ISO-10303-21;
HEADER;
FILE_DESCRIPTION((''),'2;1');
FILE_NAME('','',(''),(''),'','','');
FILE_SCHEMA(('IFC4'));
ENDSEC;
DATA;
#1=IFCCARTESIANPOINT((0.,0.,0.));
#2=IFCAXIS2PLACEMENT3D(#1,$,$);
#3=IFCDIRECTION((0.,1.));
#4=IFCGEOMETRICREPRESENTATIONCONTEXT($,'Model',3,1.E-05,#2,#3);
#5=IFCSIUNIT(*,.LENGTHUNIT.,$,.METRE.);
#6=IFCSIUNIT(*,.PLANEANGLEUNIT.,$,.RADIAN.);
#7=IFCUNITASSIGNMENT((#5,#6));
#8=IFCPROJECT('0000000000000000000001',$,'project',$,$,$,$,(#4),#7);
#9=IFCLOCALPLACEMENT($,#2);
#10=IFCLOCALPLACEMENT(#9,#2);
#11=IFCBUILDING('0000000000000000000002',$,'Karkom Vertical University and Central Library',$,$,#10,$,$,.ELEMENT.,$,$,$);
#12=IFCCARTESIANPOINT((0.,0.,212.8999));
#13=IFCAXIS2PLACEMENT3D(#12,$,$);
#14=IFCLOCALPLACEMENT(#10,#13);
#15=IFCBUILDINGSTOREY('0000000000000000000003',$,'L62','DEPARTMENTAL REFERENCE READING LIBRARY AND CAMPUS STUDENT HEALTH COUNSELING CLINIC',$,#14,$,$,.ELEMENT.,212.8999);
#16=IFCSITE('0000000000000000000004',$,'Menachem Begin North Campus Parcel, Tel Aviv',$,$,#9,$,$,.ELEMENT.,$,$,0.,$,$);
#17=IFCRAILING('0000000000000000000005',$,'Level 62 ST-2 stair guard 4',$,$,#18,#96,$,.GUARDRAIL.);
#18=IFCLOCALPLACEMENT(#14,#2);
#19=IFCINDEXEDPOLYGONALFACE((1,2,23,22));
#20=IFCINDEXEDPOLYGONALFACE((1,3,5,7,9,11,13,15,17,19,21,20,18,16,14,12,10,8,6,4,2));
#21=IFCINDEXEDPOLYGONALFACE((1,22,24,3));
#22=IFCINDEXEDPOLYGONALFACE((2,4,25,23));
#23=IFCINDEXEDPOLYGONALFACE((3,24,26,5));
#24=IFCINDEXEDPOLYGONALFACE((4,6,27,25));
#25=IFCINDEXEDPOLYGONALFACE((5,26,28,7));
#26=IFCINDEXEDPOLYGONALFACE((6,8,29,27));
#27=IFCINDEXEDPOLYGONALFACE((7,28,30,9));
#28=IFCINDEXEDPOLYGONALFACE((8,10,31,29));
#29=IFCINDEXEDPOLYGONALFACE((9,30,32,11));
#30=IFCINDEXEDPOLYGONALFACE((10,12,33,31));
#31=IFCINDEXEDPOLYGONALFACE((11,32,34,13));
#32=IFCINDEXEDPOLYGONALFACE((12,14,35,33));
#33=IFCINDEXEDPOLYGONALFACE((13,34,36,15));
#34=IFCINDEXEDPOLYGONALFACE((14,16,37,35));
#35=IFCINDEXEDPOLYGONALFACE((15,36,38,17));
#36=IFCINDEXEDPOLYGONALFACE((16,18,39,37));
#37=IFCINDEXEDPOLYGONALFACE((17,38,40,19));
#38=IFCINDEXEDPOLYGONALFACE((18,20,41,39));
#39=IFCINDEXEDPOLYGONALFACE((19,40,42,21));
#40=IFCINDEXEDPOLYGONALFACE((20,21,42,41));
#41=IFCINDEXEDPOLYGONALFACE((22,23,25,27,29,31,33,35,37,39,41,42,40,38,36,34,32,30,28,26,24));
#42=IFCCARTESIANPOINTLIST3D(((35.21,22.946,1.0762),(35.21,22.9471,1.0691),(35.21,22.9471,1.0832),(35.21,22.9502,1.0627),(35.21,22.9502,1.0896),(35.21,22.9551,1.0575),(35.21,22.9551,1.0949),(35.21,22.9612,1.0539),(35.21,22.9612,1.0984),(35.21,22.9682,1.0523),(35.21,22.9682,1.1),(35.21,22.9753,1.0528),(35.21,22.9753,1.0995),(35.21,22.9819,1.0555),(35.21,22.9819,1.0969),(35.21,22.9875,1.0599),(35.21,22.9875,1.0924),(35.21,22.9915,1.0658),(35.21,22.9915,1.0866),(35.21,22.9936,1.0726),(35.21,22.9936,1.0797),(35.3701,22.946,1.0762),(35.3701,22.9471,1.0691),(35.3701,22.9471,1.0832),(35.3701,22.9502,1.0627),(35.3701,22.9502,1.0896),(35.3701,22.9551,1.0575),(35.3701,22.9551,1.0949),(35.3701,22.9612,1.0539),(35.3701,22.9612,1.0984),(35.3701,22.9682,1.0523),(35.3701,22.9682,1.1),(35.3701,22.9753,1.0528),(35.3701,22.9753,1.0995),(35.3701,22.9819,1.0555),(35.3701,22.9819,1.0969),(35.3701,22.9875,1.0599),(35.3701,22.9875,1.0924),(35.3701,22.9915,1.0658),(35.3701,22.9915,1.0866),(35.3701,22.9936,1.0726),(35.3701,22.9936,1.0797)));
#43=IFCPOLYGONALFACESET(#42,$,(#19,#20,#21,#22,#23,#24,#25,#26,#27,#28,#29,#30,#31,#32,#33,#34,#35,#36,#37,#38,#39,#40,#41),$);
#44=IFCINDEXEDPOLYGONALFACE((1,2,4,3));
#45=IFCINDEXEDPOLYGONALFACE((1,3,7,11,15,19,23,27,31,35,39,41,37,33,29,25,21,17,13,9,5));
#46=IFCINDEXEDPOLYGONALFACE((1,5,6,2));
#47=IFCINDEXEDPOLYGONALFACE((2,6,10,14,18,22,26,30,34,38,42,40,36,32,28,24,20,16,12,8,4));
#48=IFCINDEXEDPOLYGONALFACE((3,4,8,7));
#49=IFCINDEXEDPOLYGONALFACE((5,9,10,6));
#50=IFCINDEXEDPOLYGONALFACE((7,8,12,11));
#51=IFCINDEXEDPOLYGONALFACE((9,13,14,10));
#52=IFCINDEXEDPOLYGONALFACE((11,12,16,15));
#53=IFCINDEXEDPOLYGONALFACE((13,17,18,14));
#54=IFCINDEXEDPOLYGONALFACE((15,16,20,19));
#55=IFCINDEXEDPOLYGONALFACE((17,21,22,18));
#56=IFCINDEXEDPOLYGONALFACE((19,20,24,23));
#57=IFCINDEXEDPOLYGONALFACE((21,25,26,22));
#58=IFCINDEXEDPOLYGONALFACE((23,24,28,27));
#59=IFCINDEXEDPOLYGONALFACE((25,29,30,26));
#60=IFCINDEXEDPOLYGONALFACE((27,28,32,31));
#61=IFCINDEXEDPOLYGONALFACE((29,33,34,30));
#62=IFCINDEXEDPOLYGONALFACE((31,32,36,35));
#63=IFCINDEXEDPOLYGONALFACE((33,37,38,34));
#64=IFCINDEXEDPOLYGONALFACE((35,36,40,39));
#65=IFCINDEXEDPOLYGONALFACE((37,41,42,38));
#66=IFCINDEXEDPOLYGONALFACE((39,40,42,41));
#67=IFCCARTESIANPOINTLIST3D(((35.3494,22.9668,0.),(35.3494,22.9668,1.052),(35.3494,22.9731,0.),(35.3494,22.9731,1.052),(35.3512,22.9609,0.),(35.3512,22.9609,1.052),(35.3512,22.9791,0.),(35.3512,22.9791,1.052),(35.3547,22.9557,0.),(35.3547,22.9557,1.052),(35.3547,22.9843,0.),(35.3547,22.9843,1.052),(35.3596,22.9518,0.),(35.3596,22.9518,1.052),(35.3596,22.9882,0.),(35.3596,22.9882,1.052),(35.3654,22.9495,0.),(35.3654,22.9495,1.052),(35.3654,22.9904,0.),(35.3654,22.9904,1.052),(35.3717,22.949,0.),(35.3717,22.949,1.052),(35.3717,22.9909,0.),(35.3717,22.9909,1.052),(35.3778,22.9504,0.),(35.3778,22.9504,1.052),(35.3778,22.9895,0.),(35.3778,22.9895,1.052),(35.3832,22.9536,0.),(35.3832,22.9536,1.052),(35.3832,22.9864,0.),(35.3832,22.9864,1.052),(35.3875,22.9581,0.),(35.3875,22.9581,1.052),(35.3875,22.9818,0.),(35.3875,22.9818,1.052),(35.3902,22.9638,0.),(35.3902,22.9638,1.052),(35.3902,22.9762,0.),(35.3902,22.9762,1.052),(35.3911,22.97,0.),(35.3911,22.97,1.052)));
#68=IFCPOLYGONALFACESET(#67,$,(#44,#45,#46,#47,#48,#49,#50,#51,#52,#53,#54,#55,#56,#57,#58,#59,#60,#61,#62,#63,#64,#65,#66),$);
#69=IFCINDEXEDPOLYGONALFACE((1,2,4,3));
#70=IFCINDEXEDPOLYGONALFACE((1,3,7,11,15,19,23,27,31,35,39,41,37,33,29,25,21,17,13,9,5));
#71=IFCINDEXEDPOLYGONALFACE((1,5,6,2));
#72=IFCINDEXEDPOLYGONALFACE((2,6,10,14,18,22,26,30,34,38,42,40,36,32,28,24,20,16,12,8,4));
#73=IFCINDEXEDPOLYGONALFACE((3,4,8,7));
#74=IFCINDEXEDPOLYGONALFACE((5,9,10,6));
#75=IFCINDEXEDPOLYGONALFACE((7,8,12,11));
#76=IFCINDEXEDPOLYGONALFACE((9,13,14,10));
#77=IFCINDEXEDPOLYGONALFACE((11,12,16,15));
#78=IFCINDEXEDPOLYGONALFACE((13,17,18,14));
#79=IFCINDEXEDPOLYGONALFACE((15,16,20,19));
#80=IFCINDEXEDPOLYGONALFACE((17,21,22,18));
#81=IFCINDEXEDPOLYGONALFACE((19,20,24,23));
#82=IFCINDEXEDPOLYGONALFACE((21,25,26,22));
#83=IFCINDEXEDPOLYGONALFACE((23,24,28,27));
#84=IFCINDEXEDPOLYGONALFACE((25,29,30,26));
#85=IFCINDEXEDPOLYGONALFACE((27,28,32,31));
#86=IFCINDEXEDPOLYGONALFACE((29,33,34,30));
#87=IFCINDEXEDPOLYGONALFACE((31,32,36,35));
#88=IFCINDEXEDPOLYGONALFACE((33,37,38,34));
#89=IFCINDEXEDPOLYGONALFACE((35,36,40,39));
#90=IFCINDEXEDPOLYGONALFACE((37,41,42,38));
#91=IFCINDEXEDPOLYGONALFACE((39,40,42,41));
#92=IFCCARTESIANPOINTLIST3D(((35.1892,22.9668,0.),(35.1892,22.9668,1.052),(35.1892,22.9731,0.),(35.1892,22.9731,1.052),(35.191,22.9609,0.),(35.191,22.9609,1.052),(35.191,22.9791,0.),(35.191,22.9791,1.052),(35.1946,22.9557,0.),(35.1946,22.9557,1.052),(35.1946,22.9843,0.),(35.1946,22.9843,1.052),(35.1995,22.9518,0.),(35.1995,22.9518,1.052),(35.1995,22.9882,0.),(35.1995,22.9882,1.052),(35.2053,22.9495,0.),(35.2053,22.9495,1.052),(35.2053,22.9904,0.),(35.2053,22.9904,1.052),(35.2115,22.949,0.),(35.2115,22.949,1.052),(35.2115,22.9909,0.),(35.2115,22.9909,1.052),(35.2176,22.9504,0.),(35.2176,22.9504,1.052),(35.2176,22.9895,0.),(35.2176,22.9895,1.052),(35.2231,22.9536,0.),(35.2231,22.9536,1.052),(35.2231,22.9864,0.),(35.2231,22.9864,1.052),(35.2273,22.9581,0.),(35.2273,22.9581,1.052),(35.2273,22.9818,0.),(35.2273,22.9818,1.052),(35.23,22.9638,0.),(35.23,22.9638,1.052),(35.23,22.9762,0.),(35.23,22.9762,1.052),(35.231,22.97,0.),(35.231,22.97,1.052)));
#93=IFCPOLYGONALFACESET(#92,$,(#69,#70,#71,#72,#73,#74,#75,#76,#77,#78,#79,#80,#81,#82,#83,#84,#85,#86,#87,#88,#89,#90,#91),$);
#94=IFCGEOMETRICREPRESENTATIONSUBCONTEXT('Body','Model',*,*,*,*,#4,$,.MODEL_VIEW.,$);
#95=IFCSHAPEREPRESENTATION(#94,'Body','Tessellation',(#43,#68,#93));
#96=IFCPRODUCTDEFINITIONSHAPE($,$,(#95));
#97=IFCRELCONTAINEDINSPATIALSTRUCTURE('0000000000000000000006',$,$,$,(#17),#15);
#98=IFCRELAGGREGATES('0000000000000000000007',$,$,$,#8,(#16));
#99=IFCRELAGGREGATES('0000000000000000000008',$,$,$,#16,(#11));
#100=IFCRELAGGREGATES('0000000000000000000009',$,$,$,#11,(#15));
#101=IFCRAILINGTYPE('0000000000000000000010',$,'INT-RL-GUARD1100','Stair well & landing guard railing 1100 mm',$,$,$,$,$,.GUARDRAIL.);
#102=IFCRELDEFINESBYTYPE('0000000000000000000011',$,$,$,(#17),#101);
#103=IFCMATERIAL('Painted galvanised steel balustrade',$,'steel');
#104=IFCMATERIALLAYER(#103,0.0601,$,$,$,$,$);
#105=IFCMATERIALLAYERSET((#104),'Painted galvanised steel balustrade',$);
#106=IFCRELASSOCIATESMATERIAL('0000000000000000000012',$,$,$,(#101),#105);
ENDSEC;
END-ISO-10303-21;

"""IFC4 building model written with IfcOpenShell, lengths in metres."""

from ifc_helpers import new_model, si_unit, direction, frame, origin, origin_2d, place, context, subcontext, project, spatial, circle, extrude, material, layer, layer_set, type_object, element, save


model = new_model("IFC4")

# Units and contexts
model_context = context("Model", 3, precision=1e-05, world=origin(), true_north=direction((0.0, 1.0)))
body_context = subcontext(model_context, "Body", "Model", "MODEL_VIEW")
ifc_project = project(units=[si_unit("LENGTHUNIT", "METRE"), si_unit("PLANEANGLEUNIT", "RADIAN")], contexts=[model_context])

# Site, building, storey
site_placement = place(None, origin())
site = spatial("IfcSite", under=ifc_project, at=site_placement, Name="Menachem Begin North Campus Parcel, Tel Aviv", CompositionType="ELEMENT", RefElevation=0.0)
building_placement = place(site_placement, origin())
building = spatial("IfcBuilding", under=site, at=building_placement, Name="Karkom Vertical University and Central Library", CompositionType="ELEMENT")
storey_placement = place(building_placement, frame((0.0, 0.0, 212.8999)))
storey = spatial("IfcBuildingStorey", under=building, at=storey_placement, Name="L62", Description="DEPARTMENTAL REFERENCE READING LIBRARY AND CAMPUS STUDENT HEALTH COUNSELING CLINIC", CompositionType="ELEMENT", Elevation=212.8999)

# Railing
ifc_material_1 = material(Name="Painted galvanised steel balustrade", Category="steel")
ifc_layer_1 = layer(ifc_material_1, 0.0601)
ifc_layer_set_1 = layer_set([ifc_layer_1], Name="Painted galvanised steel balustrade")
railing_type_1 = type_object("IfcRailingType", Name="INT-RL-GUARD1100", Description="Stair well & landing guard railing 1100 mm", PredefinedType="GUARDRAIL", material=ifc_layer_set_1)
railing_1_placement = place(storey_placement, frame((35.3701, 22.97, 0.0)))
element("IfcRailing", 1, at=railing_1_placement, inside=storey, type_object=railing_type_1, Name="Level 62 ST-2 stair guard 4", PredefinedType="GUARDRAIL", context=body_context, shape_type="SweptSolid", body=[
    extrude(circle(Radius=0.0239, at=origin_2d()), frame((0.0, 0.0, 1.0762), z_axis=(-1.0, 0.0, 0.0), x_axis=(0.0, -1.0, 0.0)), (0.0, 0.0, 1.0), 0.1602),
    extrude(circle(Radius=0.021, at=origin_2d()), origin(), (0.0, 0.0, 1.0), 1.052),
    extrude(circle(Radius=0.021, at=origin_2d()), frame((-0.1602, 0.0, 0.0)), (0.0, 0.0, 1.0), 1.052),
])

save(model, "model.ifc")
